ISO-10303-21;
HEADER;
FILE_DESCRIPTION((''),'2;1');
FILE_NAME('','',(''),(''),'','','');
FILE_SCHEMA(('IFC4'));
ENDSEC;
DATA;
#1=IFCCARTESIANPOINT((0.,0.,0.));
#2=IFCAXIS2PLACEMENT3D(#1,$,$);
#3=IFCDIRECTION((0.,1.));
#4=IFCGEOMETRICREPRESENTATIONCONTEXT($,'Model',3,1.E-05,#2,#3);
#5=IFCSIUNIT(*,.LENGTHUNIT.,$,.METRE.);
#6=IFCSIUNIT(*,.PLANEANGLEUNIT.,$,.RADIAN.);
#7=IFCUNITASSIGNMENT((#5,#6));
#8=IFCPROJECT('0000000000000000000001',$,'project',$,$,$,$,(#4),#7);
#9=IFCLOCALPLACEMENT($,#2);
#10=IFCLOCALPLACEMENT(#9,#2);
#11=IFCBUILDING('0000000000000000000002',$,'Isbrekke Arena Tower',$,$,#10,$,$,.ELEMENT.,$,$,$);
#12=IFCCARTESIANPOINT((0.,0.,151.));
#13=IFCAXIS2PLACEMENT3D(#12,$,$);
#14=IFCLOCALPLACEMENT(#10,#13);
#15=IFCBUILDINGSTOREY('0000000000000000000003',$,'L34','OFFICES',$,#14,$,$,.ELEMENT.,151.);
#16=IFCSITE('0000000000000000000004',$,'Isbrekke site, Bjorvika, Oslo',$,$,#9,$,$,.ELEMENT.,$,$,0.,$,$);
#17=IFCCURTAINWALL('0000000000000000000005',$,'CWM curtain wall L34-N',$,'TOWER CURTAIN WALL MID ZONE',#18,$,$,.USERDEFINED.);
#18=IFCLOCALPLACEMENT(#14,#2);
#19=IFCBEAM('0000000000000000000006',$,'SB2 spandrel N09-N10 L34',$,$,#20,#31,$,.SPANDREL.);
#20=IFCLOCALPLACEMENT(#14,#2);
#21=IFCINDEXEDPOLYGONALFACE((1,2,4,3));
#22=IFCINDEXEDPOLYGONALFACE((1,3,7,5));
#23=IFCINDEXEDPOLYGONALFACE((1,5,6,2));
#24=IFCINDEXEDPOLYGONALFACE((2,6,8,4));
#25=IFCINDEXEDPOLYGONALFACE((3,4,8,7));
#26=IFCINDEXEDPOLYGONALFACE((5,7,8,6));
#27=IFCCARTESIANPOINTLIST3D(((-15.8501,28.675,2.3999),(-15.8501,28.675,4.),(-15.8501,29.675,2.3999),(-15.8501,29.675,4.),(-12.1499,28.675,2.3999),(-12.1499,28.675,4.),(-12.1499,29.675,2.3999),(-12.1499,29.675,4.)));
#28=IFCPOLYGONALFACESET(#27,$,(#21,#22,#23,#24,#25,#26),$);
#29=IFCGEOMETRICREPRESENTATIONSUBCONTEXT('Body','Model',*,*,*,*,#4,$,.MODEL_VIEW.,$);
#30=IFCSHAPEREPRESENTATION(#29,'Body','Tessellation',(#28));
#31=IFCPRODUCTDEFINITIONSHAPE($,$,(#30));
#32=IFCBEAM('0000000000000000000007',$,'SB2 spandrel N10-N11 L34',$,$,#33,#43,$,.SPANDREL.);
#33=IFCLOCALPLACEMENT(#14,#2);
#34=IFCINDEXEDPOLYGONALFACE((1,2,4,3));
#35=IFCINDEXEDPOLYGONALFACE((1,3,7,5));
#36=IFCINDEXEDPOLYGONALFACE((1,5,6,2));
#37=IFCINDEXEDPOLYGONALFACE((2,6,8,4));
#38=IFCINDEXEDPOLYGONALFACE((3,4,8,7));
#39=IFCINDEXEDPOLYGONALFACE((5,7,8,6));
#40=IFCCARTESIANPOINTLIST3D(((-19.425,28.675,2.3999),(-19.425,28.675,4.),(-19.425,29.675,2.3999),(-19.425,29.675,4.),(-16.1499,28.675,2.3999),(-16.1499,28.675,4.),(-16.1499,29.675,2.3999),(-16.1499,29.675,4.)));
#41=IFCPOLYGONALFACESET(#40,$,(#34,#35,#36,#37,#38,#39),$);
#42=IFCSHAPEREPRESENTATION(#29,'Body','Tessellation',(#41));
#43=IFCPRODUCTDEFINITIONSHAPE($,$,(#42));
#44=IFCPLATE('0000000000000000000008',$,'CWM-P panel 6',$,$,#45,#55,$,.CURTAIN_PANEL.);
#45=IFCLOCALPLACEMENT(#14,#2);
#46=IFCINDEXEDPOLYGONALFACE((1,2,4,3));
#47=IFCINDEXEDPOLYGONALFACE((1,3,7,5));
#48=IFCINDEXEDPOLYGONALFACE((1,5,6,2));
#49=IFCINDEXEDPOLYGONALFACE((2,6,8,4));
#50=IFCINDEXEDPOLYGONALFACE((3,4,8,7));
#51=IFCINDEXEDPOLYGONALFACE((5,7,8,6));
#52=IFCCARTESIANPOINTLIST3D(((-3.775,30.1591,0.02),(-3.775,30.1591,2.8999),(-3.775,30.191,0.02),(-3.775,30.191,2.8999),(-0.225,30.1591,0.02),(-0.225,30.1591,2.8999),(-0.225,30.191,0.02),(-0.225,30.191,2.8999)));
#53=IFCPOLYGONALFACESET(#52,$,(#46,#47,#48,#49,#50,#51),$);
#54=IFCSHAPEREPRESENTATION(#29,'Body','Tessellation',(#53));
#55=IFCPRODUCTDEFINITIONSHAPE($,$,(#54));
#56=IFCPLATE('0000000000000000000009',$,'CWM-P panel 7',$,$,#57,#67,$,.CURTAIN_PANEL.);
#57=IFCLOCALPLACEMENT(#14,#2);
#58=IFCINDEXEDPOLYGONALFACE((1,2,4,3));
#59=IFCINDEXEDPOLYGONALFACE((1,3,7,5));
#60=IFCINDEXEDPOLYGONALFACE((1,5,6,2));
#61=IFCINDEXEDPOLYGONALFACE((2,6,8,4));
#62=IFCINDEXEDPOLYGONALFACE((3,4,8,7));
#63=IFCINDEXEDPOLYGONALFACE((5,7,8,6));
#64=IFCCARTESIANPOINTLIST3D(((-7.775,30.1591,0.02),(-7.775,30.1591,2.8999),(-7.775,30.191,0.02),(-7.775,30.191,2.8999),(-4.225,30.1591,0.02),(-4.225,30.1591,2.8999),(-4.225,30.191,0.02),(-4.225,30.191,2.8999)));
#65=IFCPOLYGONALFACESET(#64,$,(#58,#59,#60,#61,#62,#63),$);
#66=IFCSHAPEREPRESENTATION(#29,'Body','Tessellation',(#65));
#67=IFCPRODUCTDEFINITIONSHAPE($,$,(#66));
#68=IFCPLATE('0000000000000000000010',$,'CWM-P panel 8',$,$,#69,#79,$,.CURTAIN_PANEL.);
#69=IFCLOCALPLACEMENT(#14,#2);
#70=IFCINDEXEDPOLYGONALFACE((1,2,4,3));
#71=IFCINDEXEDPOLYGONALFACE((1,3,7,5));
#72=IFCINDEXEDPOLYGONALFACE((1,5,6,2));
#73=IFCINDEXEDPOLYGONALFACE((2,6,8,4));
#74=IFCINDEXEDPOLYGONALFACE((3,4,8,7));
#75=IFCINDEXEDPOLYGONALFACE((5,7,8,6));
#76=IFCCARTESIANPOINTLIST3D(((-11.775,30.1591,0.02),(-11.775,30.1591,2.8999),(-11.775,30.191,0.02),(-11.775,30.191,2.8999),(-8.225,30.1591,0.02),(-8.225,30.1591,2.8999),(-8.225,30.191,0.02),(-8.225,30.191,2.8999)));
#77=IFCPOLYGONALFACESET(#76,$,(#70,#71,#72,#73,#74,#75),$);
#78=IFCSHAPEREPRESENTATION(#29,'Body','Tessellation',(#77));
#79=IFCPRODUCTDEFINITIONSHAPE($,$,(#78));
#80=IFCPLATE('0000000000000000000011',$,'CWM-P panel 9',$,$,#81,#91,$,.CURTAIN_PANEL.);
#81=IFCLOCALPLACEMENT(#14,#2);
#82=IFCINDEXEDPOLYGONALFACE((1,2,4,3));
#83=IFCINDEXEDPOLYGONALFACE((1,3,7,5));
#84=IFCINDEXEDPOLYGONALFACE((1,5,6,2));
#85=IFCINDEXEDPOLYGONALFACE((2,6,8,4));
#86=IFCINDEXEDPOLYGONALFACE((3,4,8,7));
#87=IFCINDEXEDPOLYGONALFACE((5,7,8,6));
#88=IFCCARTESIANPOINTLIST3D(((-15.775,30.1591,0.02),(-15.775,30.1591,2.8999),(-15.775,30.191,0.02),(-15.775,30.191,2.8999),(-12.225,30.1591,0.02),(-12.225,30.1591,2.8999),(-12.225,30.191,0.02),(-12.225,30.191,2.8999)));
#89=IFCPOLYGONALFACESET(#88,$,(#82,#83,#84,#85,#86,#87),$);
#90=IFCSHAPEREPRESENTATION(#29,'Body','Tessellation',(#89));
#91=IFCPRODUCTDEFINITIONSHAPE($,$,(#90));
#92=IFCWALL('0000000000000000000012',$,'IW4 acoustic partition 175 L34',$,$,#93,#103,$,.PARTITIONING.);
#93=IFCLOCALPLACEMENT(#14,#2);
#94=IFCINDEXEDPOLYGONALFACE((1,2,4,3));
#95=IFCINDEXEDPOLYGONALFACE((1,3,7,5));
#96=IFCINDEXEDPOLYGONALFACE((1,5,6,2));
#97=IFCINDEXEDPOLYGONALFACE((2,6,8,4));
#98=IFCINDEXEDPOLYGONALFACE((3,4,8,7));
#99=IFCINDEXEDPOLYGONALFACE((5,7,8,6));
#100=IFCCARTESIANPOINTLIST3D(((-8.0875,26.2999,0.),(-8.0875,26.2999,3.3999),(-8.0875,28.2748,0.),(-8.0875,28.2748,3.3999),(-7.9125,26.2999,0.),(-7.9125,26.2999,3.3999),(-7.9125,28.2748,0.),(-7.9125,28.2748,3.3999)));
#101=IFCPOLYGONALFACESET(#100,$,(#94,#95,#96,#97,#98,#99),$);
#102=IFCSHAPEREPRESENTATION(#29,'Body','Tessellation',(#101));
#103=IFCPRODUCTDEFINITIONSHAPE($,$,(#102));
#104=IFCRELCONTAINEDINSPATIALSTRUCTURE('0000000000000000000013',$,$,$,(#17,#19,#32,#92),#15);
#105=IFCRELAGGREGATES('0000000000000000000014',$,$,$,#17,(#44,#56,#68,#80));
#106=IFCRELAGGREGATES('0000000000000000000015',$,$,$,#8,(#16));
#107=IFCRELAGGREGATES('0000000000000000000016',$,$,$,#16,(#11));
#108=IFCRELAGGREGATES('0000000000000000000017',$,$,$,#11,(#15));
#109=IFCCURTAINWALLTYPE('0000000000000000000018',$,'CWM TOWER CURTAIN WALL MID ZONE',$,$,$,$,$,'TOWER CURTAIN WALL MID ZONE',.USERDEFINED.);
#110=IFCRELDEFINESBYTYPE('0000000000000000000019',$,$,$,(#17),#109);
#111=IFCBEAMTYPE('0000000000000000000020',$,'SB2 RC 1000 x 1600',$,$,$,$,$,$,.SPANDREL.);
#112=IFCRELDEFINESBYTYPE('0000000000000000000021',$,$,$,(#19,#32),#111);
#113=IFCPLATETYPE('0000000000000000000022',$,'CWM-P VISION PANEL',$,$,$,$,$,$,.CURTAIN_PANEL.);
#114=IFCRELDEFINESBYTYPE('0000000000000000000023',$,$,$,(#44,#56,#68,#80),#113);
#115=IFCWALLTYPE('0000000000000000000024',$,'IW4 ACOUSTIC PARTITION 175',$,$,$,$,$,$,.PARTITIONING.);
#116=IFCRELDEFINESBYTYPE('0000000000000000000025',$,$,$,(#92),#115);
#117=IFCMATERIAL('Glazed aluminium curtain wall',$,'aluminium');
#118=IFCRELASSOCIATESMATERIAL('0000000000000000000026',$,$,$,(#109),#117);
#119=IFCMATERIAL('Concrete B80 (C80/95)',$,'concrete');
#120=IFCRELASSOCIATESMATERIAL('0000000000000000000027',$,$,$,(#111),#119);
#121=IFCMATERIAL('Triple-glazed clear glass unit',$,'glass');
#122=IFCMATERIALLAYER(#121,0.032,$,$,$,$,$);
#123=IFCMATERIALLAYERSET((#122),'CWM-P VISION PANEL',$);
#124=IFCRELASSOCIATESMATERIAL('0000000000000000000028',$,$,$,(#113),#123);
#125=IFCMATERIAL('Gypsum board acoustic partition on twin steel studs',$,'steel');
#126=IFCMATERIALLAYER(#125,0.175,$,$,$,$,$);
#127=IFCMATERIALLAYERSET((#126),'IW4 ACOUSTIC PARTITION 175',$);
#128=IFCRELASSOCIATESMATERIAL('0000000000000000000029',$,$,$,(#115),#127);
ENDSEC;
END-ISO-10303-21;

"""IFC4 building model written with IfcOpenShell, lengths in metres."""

from ifc_helpers import new_model, si_unit, direction, frame, frame_2d, origin, origin_2d, place, context, subcontext, project, spatial, rectangle, extrude, material, layer, layer_set, material_profile, profile_set, type_object, element, aggregate, save


model = new_model("IFC4")

# Units and contexts
model_context = context("Model", 3, precision=1e-05, world=origin(), true_north=direction((0.0, 1.0)))
body_context = subcontext(model_context, "Body", "Model", "MODEL_VIEW")
ifc_project = project(units=[si_unit("LENGTHUNIT", "METRE"), si_unit("PLANEANGLEUNIT", "RADIAN")], contexts=[model_context])

# Site, building, storey
site_placement = place(None, origin())
site = spatial("IfcSite", under=ifc_project, at=site_placement, Name="Isbrekke site, Bjorvika, Oslo", CompositionType="ELEMENT", RefElevation=0.0)
building_placement = place(site_placement, origin())
building = spatial("IfcBuilding", under=site, at=building_placement, Name="Isbrekke Arena Tower", CompositionType="ELEMENT")
storey_placement = place(building_placement, frame((0.0, 0.0, 151.0)))
storey = spatial("IfcBuildingStorey", under=building, at=storey_placement, Name="L34", Description="OFFICES", CompositionType="ELEMENT", Elevation=151.0)

# Curtain wall
ifc_material_1 = material(Name="Glazed aluminium curtain wall", Category="aluminium")
curtain_wall_type = type_object("IfcCurtainWallType", Name="CWM TOWER CURTAIN WALL MID ZONE", ElementType="TOWER CURTAIN WALL MID ZONE", PredefinedType="USERDEFINED", material=ifc_material_1)
curtain_wall_placement = place(storey_placement, origin())
curtain_wall = element("IfcCurtainWall", 1, at=curtain_wall_placement, inside=storey, type_object=curtain_wall_type, Name="CWM curtain wall L34-N", ObjectType="TOWER CURTAIN WALL MID ZONE", PredefinedType="USERDEFINED")

# Beams
ifc_material_2 = material(Name="Concrete B80 (C80/95)", Category="concrete")
ifc_material_profile_1 = material_profile(ifc_material_2, rectangle(XDim=1.0, YDim=1.6001, at=origin_2d()), Name="RC 1000x1600")
ifc_profile_set_1 = profile_set([ifc_material_profile_1], Name="Concrete B80 (C80/95)")
beam_type_1 = type_object("IfcBeamType", Name="SB2 RC 1000 x 1600", PredefinedType="SPANDREL", material=ifc_profile_set_1)
for number, where, z_axis, x_axis, name in (
    (2, (-12.1499, 29.175, 3.2), (-1.0, 0.0, 0.0), (0.0, -1.0, 0.0), "SB2 spandrel N09-N10 L34"),
):
    element("IfcBeam", number, at=place(storey_placement, frame(where, z_axis=z_axis, x_axis=x_axis)), inside=storey, type_object=beam_type_1, Name=name, PredefinedType="SPANDREL", context=body_context, shape_type="SweptSolid", body=[
        extrude(rectangle(XDim=1.0, YDim=1.6001, at=origin_2d()), origin(), (0.0, 0.0, 1.0), 3.7002),
    ])
beam_1_placement = place(storey_placement, frame((-16.1499, 29.175, 3.2), z_axis=(-1.0, 0.0, 0.0), x_axis=(0.0, -1.0, 0.0)))
element("IfcBeam", 3, at=beam_1_placement, inside=storey, type_object=beam_type_1, Name="SB2 spandrel N10-N11 L34", PredefinedType="SPANDREL", context=body_context, shape_type="SweptSolid", body=[
    extrude(rectangle(XDim=1.0, YDim=1.6001, at=origin_2d()), origin(), (0.0, 0.0, 1.0), 3.2751),
])

# Plates
ifc_material_3 = material(Name="Triple-glazed clear glass unit", Category="glass")
ifc_layer_1 = layer(ifc_material_3, 0.032)
ifc_layer_set_1 = layer_set([ifc_layer_1], Name="CWM-P VISION PANEL")
plate_type = type_object("IfcPlateType", Name="CWM-P VISION PANEL", PredefinedType="CURTAIN_PANEL", material=ifc_layer_set_1)
plate_1_placement = place(storey_placement, frame((-2.0, 30.175, 0.02), z_axis=(0.0, 0.0, 1.0), x_axis=(-1.0, 0.0, 0.0)))
plate_1 = element("IfcPlate", 4, at=plate_1_placement, type_object=plate_type, Name="CWM-P panel 6", PredefinedType="CURTAIN_PANEL", context=body_context, shape_type="SweptSolid", body=[
    extrude(rectangle(XDim=3.55, YDim=0.032, at=origin_2d()), origin(), (0.0, 0.0, 1.0), 2.8799),
])
plate_2_placement = place(storey_placement, frame((-6.0, 30.175, 0.02), z_axis=(0.0, 0.0, 1.0), x_axis=(-1.0, 0.0, 0.0)))
plate_2 = element("IfcPlate", 5, at=plate_2_placement, type_object=plate_type, Name="CWM-P panel 7", PredefinedType="CURTAIN_PANEL", context=body_context, shape_type="SweptSolid", body=[
    extrude(rectangle(XDim=3.55, YDim=0.032, at=origin_2d()), origin(), (0.0, 0.0, 1.0), 2.8799),
])
plate_3_placement = place(storey_placement, frame((-10.0, 30.175, 0.02), z_axis=(0.0, 0.0, 1.0), x_axis=(-1.0, 0.0, 0.0)))
plate_3 = element("IfcPlate", 6, at=plate_3_placement, type_object=plate_type, Name="CWM-P panel 8", PredefinedType="CURTAIN_PANEL", context=body_context, shape_type="SweptSolid", body=[
    extrude(rectangle(XDim=3.55, YDim=0.032, at=origin_2d()), origin(), (0.0, 0.0, 1.0), 2.8799),
])
plate_4_placement = place(storey_placement, frame((-14.0, 30.175, 0.02), z_axis=(0.0, 0.0, 1.0), x_axis=(-1.0, 0.0, 0.0)))
plate_4 = element("IfcPlate", 7, at=plate_4_placement, type_object=plate_type, Name="CWM-P panel 9", PredefinedType="CURTAIN_PANEL", context=body_context, shape_type="SweptSolid", body=[
    extrude(rectangle(XDim=3.55, YDim=0.032, at=origin_2d()), origin(), (0.0, 0.0, 1.0), 2.8799),
])
aggregate(curtain_wall, [plate_1, plate_2, plate_3, plate_4])

# Wall
ifc_material_4 = material(Name="Gypsum board acoustic partition on twin steel studs", Category="steel")
ifc_layer_2 = layer(ifc_material_4, 0.175)
ifc_layer_set_2 = layer_set([ifc_layer_2], Name="IW4 ACOUSTIC PARTITION 175")
wall_type = type_object("IfcWallType", Name="IW4 ACOUSTIC PARTITION 175", PredefinedType="PARTITIONING", material=ifc_layer_set_2)
wall_placement = place(storey_placement, frame((-8.0, 26.3, 0.0), z_axis=(0.0, 0.0, 1.0), x_axis=(0.0, 1.0, 0.0)))
element("IfcWall", 8, at=wall_placement, inside=storey, type_object=wall_type, Name="IW4 acoustic partition 175 L34", PredefinedType="PARTITIONING", context=body_context, shape_type="SweptSolid", body=[
    extrude(rectangle(XDim=1.9749, YDim=0.175, at=frame_2d((0.9873, 0.0))), origin(), (0.0, 0.0, 1.0), 3.3999),
])

save(model, "model.ifc")
